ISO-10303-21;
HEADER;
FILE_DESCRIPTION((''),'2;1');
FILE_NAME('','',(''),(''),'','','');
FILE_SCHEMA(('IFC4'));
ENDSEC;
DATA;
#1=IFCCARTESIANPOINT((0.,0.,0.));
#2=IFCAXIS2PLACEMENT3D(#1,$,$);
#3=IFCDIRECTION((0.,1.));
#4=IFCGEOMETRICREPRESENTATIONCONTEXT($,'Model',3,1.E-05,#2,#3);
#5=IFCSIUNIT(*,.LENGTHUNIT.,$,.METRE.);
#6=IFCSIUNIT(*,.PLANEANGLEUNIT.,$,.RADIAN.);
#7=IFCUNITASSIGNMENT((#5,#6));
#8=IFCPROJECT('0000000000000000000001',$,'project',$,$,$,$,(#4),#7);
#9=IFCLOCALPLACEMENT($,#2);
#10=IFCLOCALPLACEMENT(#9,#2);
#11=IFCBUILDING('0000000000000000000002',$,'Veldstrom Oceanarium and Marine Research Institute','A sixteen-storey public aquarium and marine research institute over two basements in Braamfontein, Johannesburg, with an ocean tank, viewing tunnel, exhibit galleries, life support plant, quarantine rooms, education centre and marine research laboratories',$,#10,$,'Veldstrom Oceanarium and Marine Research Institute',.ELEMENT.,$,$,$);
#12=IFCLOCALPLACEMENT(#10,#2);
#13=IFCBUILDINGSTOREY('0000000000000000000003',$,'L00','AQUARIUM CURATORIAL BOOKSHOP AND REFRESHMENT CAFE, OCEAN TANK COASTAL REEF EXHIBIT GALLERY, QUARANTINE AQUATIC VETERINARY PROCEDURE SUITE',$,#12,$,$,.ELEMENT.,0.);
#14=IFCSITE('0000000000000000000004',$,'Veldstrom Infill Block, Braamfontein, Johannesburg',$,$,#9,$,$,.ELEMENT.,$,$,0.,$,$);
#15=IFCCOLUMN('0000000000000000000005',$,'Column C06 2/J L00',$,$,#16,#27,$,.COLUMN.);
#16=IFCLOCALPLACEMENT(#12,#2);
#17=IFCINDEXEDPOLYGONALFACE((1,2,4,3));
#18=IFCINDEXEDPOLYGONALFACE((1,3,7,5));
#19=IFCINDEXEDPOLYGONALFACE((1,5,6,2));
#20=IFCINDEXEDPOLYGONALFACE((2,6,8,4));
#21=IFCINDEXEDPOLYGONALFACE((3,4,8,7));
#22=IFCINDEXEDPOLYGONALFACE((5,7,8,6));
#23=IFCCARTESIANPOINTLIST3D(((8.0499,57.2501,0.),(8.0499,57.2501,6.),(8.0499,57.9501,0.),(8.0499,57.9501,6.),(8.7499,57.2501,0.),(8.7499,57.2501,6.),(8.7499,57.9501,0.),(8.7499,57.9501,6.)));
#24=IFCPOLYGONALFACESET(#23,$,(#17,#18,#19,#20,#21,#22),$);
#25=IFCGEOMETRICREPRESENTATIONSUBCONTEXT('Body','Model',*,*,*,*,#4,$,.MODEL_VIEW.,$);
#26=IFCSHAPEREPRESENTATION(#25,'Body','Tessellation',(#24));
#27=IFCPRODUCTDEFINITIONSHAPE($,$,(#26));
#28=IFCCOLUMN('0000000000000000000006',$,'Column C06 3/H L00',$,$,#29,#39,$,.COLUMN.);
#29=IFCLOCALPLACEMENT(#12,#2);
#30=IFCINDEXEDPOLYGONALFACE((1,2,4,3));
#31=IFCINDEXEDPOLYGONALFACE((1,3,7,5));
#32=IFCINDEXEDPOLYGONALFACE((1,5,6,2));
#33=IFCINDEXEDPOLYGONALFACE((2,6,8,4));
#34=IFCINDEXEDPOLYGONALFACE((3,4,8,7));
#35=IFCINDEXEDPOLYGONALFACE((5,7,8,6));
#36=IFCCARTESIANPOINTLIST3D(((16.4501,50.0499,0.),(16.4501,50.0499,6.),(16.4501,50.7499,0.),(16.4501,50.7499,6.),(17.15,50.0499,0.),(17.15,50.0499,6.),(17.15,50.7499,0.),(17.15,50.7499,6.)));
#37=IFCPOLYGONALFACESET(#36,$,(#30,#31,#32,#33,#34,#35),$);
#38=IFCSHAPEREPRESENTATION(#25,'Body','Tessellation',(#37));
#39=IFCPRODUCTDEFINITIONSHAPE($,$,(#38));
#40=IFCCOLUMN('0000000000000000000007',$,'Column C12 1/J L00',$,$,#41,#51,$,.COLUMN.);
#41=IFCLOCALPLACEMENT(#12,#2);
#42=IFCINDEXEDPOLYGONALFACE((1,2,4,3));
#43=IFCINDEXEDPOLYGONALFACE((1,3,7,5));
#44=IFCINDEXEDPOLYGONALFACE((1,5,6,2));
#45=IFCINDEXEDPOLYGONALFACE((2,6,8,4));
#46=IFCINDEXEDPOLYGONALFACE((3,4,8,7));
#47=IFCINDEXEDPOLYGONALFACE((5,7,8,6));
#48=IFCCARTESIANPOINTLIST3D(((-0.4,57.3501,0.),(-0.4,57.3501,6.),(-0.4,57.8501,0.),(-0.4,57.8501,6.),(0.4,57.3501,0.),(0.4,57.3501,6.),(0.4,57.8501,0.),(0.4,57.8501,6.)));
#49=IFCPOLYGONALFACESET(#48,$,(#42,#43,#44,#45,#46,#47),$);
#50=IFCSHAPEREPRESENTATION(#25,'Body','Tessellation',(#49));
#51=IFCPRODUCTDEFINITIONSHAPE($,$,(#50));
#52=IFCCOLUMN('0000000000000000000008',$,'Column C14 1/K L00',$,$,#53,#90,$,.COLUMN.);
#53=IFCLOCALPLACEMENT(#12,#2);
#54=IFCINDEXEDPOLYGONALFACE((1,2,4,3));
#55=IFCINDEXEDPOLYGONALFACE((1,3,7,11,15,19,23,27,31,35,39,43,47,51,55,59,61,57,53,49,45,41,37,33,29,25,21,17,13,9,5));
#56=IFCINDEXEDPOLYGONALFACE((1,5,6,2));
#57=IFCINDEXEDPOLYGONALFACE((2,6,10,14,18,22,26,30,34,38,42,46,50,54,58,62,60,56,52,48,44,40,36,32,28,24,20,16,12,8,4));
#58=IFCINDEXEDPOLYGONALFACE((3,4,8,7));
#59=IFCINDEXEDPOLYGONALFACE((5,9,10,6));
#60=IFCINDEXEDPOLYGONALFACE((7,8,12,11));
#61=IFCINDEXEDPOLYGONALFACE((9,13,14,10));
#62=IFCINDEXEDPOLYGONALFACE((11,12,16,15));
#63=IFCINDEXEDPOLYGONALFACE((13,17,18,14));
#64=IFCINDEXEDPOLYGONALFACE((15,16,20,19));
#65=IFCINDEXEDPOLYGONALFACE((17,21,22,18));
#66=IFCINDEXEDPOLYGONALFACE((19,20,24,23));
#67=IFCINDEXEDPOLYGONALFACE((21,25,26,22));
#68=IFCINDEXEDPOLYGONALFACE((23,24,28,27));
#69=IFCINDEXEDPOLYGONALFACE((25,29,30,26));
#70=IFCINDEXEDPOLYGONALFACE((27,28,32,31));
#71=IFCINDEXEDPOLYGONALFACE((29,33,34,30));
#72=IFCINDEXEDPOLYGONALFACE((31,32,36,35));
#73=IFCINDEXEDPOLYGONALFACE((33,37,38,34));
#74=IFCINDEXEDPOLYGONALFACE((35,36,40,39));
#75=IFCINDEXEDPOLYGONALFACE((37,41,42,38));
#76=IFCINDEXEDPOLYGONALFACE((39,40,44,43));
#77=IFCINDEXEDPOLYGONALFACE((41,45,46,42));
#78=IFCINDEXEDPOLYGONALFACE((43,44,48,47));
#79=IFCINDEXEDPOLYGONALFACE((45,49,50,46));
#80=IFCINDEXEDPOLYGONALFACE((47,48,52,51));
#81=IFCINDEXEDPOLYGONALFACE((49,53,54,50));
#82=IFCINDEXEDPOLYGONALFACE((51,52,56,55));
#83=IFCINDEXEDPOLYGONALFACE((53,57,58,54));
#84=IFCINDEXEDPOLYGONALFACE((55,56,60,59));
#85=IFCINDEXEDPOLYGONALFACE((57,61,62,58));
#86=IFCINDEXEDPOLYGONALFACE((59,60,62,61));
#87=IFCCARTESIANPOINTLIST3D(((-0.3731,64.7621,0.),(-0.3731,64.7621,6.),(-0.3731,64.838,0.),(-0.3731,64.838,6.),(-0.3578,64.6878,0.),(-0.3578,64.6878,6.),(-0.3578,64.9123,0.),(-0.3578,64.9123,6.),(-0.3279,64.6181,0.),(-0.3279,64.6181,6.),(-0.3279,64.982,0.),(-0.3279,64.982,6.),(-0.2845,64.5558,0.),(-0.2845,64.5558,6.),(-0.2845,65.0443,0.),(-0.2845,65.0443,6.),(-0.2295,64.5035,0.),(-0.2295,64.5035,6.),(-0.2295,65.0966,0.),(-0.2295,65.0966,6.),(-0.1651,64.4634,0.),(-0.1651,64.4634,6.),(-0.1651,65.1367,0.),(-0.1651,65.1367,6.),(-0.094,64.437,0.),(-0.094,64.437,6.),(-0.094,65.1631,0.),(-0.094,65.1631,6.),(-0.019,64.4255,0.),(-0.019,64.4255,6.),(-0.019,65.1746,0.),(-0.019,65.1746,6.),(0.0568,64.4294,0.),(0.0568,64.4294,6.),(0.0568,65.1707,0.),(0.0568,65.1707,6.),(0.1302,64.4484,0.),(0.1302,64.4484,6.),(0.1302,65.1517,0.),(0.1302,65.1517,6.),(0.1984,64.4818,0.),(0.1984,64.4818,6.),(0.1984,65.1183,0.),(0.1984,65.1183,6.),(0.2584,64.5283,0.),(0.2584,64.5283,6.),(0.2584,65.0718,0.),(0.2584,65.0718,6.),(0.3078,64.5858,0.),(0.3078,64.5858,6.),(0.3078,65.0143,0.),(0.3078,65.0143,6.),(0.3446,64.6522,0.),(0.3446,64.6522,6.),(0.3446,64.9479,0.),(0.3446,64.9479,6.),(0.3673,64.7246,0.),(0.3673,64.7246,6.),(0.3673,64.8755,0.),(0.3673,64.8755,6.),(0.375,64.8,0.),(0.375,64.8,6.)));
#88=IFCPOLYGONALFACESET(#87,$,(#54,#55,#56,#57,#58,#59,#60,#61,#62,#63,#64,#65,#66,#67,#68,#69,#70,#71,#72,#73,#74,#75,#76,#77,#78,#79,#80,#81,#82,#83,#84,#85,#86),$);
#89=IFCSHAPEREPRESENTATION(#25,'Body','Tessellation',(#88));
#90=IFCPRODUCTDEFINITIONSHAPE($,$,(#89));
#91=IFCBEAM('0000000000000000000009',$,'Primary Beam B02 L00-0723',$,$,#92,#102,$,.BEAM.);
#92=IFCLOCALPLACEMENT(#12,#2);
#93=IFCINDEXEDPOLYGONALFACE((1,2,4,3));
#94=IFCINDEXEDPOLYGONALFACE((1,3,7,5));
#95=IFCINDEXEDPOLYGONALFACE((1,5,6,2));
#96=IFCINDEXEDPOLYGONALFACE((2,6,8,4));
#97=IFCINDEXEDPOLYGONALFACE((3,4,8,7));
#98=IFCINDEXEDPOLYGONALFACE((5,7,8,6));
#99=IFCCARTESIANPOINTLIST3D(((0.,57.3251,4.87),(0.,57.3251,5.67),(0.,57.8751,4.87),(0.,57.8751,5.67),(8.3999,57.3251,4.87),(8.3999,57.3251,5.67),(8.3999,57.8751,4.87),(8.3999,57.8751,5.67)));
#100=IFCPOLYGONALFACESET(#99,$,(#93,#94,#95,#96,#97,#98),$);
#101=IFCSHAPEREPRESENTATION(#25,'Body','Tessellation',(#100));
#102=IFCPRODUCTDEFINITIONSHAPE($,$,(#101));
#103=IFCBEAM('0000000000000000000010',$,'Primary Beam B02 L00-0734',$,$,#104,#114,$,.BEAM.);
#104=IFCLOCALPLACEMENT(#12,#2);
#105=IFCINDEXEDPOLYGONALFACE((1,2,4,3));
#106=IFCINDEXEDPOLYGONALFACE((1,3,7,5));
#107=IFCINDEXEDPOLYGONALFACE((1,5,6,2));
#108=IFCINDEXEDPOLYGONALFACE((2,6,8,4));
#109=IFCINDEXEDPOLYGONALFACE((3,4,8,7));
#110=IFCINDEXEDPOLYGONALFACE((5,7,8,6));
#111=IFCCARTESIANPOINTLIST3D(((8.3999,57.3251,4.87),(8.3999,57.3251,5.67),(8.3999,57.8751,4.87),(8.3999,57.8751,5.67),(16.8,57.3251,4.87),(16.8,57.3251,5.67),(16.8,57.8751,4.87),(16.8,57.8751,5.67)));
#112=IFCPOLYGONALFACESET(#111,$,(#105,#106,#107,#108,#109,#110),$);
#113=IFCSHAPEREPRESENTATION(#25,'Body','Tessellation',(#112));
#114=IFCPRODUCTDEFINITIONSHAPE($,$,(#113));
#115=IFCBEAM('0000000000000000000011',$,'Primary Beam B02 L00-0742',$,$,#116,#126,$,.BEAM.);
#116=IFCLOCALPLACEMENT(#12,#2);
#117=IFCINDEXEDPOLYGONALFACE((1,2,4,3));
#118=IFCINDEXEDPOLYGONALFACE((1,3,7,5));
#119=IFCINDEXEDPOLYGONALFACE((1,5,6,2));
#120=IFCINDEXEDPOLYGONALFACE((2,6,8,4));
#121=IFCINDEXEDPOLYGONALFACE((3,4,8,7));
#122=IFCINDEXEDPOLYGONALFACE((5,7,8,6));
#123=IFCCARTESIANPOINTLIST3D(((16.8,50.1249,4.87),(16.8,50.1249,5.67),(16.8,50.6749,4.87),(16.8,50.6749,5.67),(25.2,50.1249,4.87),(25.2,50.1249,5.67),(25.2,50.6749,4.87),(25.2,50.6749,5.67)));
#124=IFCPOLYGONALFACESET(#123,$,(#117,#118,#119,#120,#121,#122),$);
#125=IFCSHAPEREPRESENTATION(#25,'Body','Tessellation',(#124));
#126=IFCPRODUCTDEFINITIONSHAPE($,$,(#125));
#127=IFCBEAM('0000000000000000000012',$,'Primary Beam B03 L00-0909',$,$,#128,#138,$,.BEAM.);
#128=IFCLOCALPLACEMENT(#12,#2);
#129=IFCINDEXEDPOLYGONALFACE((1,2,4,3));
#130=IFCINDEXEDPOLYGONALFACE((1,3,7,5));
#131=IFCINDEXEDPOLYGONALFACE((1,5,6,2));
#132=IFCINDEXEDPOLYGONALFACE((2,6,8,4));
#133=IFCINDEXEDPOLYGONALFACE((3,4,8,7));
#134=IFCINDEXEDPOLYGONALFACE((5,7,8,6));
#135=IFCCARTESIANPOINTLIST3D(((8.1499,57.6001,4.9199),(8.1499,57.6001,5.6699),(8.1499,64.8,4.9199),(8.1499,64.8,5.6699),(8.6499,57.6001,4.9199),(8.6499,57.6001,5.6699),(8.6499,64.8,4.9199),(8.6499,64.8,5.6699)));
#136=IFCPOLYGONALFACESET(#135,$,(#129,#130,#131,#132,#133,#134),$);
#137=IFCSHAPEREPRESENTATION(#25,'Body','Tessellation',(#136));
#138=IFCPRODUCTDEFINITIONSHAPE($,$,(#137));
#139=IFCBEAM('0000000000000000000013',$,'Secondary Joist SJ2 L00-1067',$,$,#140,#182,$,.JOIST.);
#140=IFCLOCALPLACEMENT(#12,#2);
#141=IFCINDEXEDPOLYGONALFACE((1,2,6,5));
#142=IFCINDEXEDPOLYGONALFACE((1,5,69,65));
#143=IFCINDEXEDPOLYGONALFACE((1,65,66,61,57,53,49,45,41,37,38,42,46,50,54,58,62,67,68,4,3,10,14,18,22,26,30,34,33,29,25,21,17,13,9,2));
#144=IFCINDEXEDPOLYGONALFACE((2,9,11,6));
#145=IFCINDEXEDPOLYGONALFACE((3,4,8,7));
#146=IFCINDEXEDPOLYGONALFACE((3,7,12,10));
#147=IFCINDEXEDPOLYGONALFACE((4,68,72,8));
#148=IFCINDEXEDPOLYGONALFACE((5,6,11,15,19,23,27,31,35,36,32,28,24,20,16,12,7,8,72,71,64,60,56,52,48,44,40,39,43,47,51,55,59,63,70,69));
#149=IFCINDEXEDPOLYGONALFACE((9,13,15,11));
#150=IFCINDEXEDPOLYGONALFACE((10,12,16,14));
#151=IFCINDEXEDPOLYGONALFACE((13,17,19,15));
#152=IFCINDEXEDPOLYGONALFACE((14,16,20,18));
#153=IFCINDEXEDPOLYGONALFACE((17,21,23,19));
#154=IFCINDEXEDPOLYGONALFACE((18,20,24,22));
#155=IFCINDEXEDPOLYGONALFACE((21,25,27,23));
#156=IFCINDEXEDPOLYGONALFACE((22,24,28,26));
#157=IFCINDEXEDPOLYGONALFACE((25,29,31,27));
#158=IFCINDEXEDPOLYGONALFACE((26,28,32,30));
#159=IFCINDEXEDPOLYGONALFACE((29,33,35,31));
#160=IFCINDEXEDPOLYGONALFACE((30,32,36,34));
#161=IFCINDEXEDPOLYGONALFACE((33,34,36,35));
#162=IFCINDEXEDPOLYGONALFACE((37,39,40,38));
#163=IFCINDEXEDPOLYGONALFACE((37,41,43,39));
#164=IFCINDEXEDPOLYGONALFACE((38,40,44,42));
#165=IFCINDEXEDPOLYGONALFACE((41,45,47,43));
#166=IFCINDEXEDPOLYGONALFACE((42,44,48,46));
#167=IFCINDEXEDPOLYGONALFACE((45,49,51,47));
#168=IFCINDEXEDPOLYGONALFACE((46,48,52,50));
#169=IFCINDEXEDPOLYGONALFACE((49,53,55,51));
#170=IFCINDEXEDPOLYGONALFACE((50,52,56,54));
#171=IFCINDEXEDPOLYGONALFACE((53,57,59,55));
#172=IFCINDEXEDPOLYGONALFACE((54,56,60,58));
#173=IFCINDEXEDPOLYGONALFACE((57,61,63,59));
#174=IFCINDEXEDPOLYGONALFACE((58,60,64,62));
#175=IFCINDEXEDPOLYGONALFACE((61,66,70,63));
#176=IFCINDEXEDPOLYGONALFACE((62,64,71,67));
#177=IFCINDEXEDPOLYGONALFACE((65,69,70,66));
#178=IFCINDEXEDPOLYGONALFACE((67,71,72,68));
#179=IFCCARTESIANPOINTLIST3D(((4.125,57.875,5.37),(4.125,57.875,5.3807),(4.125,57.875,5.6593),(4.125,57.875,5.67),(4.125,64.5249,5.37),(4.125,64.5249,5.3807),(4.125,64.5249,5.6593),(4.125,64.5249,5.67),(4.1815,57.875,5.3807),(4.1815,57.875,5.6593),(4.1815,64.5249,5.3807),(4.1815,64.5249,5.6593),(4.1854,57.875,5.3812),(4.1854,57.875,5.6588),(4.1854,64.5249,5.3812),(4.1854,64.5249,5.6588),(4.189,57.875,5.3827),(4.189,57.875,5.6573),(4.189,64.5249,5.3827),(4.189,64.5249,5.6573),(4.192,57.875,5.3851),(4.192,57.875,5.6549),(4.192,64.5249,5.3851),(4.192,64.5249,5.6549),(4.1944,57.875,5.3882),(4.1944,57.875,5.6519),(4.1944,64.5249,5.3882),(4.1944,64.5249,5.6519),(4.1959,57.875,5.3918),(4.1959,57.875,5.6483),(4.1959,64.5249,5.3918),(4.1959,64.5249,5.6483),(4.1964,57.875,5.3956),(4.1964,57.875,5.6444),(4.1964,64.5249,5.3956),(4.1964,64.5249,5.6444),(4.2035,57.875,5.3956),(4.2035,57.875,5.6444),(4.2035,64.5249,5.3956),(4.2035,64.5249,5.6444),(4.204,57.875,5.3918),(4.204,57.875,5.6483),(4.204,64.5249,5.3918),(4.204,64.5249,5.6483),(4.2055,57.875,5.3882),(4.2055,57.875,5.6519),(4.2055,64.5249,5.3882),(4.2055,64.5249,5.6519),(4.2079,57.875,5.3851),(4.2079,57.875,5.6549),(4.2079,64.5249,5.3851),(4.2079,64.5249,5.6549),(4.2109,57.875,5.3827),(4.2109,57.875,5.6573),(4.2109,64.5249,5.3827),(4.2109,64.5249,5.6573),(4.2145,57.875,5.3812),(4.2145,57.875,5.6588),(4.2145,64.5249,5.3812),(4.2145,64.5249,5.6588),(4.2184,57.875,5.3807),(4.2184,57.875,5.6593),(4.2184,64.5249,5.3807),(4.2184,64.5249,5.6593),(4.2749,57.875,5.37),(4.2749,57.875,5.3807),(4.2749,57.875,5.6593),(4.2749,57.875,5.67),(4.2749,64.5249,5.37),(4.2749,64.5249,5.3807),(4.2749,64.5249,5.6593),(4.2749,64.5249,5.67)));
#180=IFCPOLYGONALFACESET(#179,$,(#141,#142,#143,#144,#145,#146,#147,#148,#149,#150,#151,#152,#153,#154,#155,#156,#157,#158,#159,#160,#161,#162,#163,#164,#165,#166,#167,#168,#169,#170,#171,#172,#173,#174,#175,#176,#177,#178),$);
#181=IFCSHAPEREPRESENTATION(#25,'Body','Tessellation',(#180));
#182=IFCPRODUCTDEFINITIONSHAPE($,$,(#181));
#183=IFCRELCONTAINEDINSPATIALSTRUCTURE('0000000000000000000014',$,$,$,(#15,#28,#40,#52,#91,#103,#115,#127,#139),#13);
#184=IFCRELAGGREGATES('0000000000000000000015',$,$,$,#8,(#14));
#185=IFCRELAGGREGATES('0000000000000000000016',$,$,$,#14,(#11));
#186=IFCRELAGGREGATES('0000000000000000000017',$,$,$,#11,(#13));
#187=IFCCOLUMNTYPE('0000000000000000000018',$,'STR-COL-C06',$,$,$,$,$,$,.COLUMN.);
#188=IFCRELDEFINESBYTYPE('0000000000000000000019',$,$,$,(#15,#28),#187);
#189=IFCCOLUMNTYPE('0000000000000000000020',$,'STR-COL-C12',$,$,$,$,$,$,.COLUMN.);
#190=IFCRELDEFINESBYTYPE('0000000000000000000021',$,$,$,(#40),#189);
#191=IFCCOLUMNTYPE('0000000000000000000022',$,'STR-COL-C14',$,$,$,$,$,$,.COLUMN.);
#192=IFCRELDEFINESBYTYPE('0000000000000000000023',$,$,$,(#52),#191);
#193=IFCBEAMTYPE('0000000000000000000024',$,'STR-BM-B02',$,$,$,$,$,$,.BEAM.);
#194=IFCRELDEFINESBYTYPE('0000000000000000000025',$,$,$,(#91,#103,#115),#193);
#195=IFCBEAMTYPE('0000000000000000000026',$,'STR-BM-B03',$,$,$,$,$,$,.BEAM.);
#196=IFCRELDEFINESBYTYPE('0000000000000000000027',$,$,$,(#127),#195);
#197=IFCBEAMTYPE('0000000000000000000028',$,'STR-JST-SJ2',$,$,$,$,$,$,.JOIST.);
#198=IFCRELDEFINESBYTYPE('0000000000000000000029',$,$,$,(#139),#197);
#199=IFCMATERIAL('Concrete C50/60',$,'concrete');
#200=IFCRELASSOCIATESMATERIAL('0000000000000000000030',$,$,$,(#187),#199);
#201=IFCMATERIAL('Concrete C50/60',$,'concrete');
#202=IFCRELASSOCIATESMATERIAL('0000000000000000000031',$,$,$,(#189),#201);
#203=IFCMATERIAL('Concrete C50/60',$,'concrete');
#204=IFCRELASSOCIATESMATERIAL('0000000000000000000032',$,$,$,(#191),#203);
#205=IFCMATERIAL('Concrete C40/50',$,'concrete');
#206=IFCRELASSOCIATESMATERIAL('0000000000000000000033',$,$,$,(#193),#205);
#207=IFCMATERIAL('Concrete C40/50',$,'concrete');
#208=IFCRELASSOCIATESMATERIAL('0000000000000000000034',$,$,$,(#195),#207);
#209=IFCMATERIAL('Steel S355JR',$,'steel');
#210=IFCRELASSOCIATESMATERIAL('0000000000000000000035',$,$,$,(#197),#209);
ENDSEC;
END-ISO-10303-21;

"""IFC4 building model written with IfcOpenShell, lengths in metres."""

from ifc_helpers import new_model, si_unit, direction, frame, origin, origin_2d, place, context, subcontext, project, spatial, rectangle, circle, i_section, extrude, material, material_profile, profile_set, type_object, element, save


model = new_model("IFC4")

# Units and contexts
model_context = context("Model", 3, precision=1e-05, world=origin(), true_north=direction((0.0, 1.0)))
body_context = subcontext(model_context, "Body", "Model", "MODEL_VIEW")
ifc_project = project(units=[si_unit("LENGTHUNIT", "METRE"), si_unit("PLANEANGLEUNIT", "RADIAN")], contexts=[model_context])

# Site, building, storey
site_placement = place(None, origin())
site = spatial("IfcSite", under=ifc_project, at=site_placement, Name="Veldstrom Infill Block, Braamfontein, Johannesburg", CompositionType="ELEMENT", RefElevation=0.0)
building_placement = place(site_placement, origin())
building = spatial("IfcBuilding", under=site, at=building_placement, Name="Veldstrom Oceanarium and Marine Research Institute", Description="A sixteen-storey public aquarium and marine research institute over two basements in Braamfontein, Johannesburg, with an ocean tank, viewing tunnel, exhibit galleries, life support plant, quarantine rooms, education centre and marine research laboratories", LongName="Veldstrom Oceanarium and Marine Research Institute", CompositionType="ELEMENT")
storey_placement = place(building_placement, origin())
storey = spatial("IfcBuildingStorey", under=building, at=storey_placement, Name="L00", Description="AQUARIUM CURATORIAL BOOKSHOP AND REFRESHMENT CAFE, OCEAN TANK COASTAL REEF EXHIBIT GALLERY, QUARANTINE AQUATIC VETERINARY PROCEDURE SUITE", CompositionType="ELEMENT", Elevation=0.0)

# Columns
ifc_material_1 = material(Name="Concrete C50/60", Category="concrete")
ifc_material_profile_1 = material_profile(ifc_material_1, rectangle(XDim=0.7, YDim=0.7, at=origin_2d()), Name="RC-COL-700x700")
ifc_profile_set_1 = profile_set([ifc_material_profile_1], Name="Concrete C50/60")
column_type_1 = type_object("IfcColumnType", Name="STR-COL-C06", PredefinedType="COLUMN", material=ifc_profile_set_1)
for number, where, z_axis, x_axis, name in (
    (1, (8.3999, 57.6001, 0.0), (0.0, 0.0, 1.0), (1.0, 0.0, 0.0), "Column C06 2/J L00"),
    (2, (16.8, 50.3999, 0.0), (0.0, 0.0, 1.0), (1.0, 0.0, 0.0), "Column C06 3/H L00"),
):
    element("IfcColumn", number, at=place(storey_placement, frame(where, z_axis=z_axis, x_axis=x_axis)), inside=storey, type_object=column_type_1, Name=name, PredefinedType="COLUMN", context=body_context, shape_type="SweptSolid", body=[
        extrude(rectangle(XDim=0.7, YDim=0.7, at=origin_2d()), origin(), (0.0, 0.0, 1.0), 6.0),
    ])
ifc_material_2 = material(Name="Concrete C50/60", Category="concrete")
ifc_material_profile_2 = material_profile(ifc_material_2, rectangle(XDim=0.5, YDim=0.8, at=origin_2d()), Name="RC-COL-800x500")
ifc_profile_set_2 = profile_set([ifc_material_profile_2], Name="Concrete C50/60")
column_type_2 = type_object("IfcColumnType", Name="STR-COL-C12", PredefinedType="COLUMN", material=ifc_profile_set_2)
column_1_placement = place(storey_placement, frame((0.0, 57.6001, 0.0), z_axis=(0.0, 0.0, 1.0), x_axis=(0.0, 1.0, 0.0)))
element("IfcColumn", 3, at=column_1_placement, inside=storey, type_object=column_type_2, Name="Column C12 1/J L00", PredefinedType="COLUMN", context=body_context, shape_type="SweptSolid", body=[
    extrude(rectangle(XDim=0.5, YDim=0.8, at=origin_2d()), origin(), (0.0, 0.0, 1.0), 6.0),
])
ifc_material_3 = material(Name="Concrete C50/60", Category="concrete")
ifc_material_profile_3 = material_profile(ifc_material_3, circle(Radius=0.375, at=origin_2d()), Name="RC-COL-D750")
ifc_profile_set_3 = profile_set([ifc_material_profile_3], Name="Concrete C50/60")
column_type_3 = type_object("IfcColumnType", Name="STR-COL-C14", PredefinedType="COLUMN", material=ifc_profile_set_3)
column_2_placement = place(storey_placement, frame((0.0, 64.8, 0.0), z_axis=(0.0, 0.0, 1.0), x_axis=(1.0, 0.0, 0.0)))
element("IfcColumn", 4, at=column_2_placement, inside=storey, type_object=column_type_3, Name="Column C14 1/K L00", PredefinedType="COLUMN", context=body_context, shape_type="SweptSolid", body=[
    extrude(circle(Radius=0.375, at=origin_2d()), origin(), (0.0, 0.0, 1.0), 6.0),
])

# Beams
ifc_material_4 = material(Name="Concrete C40/50", Category="concrete")
ifc_material_profile_4 = material_profile(ifc_material_4, rectangle(XDim=0.55, YDim=0.8, at=origin_2d()), Name="RC-BM-550x800")
ifc_profile_set_4 = profile_set([ifc_material_profile_4], Name="Concrete C40/50")
beam_type_1 = type_object("IfcBeamType", Name="STR-BM-B02", PredefinedType="BEAM", material=ifc_profile_set_4)
beam_1_placement = place(storey_placement, frame((0.0, 57.6001, 5.27), z_axis=(1.0, 0.0, 0.0), x_axis=(0.0, 1.0, 0.0)))
element("IfcBeam", 5, at=beam_1_placement, inside=storey, type_object=beam_type_1, Name="Primary Beam B02 L00-0723", PredefinedType="BEAM", context=body_context, shape_type="SweptSolid", body=[
    extrude(rectangle(XDim=0.55, YDim=0.8, at=origin_2d()), origin(), (0.0, 0.0, 1.0), 8.3999),
])
beam_2_placement = place(storey_placement, frame((8.3999, 57.6001, 5.27), z_axis=(1.0, 0.0, 0.0), x_axis=(0.0, 1.0, 0.0)))
element("IfcBeam", 6, at=beam_2_placement, inside=storey, type_object=beam_type_1, Name="Primary Beam B02 L00-0734", PredefinedType="BEAM", context=body_context, shape_type="SweptSolid", body=[
    extrude(rectangle(XDim=0.55, YDim=0.8, at=origin_2d()), origin(), (0.0, 0.0, 1.0), 8.4001),
])
beam_3_placement = place(storey_placement, frame((16.8, 50.3999, 5.27), z_axis=(1.0, 0.0, 0.0), x_axis=(0.0, 1.0, 0.0)))
element("IfcBeam", 7, at=beam_3_placement, inside=storey, type_object=beam_type_1, Name="Primary Beam B02 L00-0742", PredefinedType="BEAM", context=body_context, shape_type="SweptSolid", body=[
    extrude(rectangle(XDim=0.55, YDim=0.8, at=origin_2d()), origin(), (0.0, 0.0, 1.0), 8.3999),
])
ifc_material_5 = material(Name="Concrete C40/50", Category="concrete")
ifc_material_profile_5 = material_profile(ifc_material_5, rectangle(XDim=0.5, YDim=0.75, at=origin_2d()), Name="RC-BM-500x750")
ifc_profile_set_5 = profile_set([ifc_material_profile_5], Name="Concrete C40/50")
beam_type_2 = type_object("IfcBeamType", Name="STR-BM-B03", PredefinedType="BEAM", material=ifc_profile_set_5)
beam_4_placement = place(storey_placement, frame((8.3999, 57.6001, 5.2949), z_axis=(0.0, 1.0, 0.0), x_axis=(-1.0, 0.0, 0.0)))
element("IfcBeam", 8, at=beam_4_placement, inside=storey, type_object=beam_type_2, Name="Primary Beam B03 L00-0909", PredefinedType="BEAM", context=body_context, shape_type="SweptSolid", body=[
    extrude(rectangle(XDim=0.5, YDim=0.75, at=origin_2d()), origin(), (0.0, 0.0, 1.0), 7.2),
])
ifc_material_6 = material(Name="Steel S355JR", Category="steel")
ifc_material_profile_6 = material_profile(ifc_material_6, i_section(OverallWidth=0.1499, OverallDepth=0.3, WebThickness=0.0071, FlangeThickness=0.0107, FilletRadius=0.0149, at=origin_2d()), Name="IPE 300")
ifc_profile_set_6 = profile_set([ifc_material_profile_6], Name="Steel S355JR")
beam_type_3 = type_object("IfcBeamType", Name="STR-JST-SJ2", PredefinedType="JOIST", material=ifc_profile_set_6)
for number, where, z_axis, x_axis, name in (
    (9, (4.2, 57.875, 5.52), (0.0, 1.0, 0.0), (-1.0, 0.0, 0.0), "Secondary Joist SJ2 L00-1067"),
):
    element("IfcBeam", number, at=place(storey_placement, frame(where, z_axis=z_axis, x_axis=x_axis)), inside=storey, type_object=beam_type_3, Name=name, PredefinedType="JOIST", context=body_context, shape_type="SweptSolid", body=[
        extrude(i_section(OverallWidth=0.1499, OverallDepth=0.3, WebThickness=0.0071, FlangeThickness=0.0107, FilletRadius=0.0149, at=origin_2d()), origin(), (0.0, 0.0, 1.0), 6.6499),
    ])

save(model, "model.ifc")
